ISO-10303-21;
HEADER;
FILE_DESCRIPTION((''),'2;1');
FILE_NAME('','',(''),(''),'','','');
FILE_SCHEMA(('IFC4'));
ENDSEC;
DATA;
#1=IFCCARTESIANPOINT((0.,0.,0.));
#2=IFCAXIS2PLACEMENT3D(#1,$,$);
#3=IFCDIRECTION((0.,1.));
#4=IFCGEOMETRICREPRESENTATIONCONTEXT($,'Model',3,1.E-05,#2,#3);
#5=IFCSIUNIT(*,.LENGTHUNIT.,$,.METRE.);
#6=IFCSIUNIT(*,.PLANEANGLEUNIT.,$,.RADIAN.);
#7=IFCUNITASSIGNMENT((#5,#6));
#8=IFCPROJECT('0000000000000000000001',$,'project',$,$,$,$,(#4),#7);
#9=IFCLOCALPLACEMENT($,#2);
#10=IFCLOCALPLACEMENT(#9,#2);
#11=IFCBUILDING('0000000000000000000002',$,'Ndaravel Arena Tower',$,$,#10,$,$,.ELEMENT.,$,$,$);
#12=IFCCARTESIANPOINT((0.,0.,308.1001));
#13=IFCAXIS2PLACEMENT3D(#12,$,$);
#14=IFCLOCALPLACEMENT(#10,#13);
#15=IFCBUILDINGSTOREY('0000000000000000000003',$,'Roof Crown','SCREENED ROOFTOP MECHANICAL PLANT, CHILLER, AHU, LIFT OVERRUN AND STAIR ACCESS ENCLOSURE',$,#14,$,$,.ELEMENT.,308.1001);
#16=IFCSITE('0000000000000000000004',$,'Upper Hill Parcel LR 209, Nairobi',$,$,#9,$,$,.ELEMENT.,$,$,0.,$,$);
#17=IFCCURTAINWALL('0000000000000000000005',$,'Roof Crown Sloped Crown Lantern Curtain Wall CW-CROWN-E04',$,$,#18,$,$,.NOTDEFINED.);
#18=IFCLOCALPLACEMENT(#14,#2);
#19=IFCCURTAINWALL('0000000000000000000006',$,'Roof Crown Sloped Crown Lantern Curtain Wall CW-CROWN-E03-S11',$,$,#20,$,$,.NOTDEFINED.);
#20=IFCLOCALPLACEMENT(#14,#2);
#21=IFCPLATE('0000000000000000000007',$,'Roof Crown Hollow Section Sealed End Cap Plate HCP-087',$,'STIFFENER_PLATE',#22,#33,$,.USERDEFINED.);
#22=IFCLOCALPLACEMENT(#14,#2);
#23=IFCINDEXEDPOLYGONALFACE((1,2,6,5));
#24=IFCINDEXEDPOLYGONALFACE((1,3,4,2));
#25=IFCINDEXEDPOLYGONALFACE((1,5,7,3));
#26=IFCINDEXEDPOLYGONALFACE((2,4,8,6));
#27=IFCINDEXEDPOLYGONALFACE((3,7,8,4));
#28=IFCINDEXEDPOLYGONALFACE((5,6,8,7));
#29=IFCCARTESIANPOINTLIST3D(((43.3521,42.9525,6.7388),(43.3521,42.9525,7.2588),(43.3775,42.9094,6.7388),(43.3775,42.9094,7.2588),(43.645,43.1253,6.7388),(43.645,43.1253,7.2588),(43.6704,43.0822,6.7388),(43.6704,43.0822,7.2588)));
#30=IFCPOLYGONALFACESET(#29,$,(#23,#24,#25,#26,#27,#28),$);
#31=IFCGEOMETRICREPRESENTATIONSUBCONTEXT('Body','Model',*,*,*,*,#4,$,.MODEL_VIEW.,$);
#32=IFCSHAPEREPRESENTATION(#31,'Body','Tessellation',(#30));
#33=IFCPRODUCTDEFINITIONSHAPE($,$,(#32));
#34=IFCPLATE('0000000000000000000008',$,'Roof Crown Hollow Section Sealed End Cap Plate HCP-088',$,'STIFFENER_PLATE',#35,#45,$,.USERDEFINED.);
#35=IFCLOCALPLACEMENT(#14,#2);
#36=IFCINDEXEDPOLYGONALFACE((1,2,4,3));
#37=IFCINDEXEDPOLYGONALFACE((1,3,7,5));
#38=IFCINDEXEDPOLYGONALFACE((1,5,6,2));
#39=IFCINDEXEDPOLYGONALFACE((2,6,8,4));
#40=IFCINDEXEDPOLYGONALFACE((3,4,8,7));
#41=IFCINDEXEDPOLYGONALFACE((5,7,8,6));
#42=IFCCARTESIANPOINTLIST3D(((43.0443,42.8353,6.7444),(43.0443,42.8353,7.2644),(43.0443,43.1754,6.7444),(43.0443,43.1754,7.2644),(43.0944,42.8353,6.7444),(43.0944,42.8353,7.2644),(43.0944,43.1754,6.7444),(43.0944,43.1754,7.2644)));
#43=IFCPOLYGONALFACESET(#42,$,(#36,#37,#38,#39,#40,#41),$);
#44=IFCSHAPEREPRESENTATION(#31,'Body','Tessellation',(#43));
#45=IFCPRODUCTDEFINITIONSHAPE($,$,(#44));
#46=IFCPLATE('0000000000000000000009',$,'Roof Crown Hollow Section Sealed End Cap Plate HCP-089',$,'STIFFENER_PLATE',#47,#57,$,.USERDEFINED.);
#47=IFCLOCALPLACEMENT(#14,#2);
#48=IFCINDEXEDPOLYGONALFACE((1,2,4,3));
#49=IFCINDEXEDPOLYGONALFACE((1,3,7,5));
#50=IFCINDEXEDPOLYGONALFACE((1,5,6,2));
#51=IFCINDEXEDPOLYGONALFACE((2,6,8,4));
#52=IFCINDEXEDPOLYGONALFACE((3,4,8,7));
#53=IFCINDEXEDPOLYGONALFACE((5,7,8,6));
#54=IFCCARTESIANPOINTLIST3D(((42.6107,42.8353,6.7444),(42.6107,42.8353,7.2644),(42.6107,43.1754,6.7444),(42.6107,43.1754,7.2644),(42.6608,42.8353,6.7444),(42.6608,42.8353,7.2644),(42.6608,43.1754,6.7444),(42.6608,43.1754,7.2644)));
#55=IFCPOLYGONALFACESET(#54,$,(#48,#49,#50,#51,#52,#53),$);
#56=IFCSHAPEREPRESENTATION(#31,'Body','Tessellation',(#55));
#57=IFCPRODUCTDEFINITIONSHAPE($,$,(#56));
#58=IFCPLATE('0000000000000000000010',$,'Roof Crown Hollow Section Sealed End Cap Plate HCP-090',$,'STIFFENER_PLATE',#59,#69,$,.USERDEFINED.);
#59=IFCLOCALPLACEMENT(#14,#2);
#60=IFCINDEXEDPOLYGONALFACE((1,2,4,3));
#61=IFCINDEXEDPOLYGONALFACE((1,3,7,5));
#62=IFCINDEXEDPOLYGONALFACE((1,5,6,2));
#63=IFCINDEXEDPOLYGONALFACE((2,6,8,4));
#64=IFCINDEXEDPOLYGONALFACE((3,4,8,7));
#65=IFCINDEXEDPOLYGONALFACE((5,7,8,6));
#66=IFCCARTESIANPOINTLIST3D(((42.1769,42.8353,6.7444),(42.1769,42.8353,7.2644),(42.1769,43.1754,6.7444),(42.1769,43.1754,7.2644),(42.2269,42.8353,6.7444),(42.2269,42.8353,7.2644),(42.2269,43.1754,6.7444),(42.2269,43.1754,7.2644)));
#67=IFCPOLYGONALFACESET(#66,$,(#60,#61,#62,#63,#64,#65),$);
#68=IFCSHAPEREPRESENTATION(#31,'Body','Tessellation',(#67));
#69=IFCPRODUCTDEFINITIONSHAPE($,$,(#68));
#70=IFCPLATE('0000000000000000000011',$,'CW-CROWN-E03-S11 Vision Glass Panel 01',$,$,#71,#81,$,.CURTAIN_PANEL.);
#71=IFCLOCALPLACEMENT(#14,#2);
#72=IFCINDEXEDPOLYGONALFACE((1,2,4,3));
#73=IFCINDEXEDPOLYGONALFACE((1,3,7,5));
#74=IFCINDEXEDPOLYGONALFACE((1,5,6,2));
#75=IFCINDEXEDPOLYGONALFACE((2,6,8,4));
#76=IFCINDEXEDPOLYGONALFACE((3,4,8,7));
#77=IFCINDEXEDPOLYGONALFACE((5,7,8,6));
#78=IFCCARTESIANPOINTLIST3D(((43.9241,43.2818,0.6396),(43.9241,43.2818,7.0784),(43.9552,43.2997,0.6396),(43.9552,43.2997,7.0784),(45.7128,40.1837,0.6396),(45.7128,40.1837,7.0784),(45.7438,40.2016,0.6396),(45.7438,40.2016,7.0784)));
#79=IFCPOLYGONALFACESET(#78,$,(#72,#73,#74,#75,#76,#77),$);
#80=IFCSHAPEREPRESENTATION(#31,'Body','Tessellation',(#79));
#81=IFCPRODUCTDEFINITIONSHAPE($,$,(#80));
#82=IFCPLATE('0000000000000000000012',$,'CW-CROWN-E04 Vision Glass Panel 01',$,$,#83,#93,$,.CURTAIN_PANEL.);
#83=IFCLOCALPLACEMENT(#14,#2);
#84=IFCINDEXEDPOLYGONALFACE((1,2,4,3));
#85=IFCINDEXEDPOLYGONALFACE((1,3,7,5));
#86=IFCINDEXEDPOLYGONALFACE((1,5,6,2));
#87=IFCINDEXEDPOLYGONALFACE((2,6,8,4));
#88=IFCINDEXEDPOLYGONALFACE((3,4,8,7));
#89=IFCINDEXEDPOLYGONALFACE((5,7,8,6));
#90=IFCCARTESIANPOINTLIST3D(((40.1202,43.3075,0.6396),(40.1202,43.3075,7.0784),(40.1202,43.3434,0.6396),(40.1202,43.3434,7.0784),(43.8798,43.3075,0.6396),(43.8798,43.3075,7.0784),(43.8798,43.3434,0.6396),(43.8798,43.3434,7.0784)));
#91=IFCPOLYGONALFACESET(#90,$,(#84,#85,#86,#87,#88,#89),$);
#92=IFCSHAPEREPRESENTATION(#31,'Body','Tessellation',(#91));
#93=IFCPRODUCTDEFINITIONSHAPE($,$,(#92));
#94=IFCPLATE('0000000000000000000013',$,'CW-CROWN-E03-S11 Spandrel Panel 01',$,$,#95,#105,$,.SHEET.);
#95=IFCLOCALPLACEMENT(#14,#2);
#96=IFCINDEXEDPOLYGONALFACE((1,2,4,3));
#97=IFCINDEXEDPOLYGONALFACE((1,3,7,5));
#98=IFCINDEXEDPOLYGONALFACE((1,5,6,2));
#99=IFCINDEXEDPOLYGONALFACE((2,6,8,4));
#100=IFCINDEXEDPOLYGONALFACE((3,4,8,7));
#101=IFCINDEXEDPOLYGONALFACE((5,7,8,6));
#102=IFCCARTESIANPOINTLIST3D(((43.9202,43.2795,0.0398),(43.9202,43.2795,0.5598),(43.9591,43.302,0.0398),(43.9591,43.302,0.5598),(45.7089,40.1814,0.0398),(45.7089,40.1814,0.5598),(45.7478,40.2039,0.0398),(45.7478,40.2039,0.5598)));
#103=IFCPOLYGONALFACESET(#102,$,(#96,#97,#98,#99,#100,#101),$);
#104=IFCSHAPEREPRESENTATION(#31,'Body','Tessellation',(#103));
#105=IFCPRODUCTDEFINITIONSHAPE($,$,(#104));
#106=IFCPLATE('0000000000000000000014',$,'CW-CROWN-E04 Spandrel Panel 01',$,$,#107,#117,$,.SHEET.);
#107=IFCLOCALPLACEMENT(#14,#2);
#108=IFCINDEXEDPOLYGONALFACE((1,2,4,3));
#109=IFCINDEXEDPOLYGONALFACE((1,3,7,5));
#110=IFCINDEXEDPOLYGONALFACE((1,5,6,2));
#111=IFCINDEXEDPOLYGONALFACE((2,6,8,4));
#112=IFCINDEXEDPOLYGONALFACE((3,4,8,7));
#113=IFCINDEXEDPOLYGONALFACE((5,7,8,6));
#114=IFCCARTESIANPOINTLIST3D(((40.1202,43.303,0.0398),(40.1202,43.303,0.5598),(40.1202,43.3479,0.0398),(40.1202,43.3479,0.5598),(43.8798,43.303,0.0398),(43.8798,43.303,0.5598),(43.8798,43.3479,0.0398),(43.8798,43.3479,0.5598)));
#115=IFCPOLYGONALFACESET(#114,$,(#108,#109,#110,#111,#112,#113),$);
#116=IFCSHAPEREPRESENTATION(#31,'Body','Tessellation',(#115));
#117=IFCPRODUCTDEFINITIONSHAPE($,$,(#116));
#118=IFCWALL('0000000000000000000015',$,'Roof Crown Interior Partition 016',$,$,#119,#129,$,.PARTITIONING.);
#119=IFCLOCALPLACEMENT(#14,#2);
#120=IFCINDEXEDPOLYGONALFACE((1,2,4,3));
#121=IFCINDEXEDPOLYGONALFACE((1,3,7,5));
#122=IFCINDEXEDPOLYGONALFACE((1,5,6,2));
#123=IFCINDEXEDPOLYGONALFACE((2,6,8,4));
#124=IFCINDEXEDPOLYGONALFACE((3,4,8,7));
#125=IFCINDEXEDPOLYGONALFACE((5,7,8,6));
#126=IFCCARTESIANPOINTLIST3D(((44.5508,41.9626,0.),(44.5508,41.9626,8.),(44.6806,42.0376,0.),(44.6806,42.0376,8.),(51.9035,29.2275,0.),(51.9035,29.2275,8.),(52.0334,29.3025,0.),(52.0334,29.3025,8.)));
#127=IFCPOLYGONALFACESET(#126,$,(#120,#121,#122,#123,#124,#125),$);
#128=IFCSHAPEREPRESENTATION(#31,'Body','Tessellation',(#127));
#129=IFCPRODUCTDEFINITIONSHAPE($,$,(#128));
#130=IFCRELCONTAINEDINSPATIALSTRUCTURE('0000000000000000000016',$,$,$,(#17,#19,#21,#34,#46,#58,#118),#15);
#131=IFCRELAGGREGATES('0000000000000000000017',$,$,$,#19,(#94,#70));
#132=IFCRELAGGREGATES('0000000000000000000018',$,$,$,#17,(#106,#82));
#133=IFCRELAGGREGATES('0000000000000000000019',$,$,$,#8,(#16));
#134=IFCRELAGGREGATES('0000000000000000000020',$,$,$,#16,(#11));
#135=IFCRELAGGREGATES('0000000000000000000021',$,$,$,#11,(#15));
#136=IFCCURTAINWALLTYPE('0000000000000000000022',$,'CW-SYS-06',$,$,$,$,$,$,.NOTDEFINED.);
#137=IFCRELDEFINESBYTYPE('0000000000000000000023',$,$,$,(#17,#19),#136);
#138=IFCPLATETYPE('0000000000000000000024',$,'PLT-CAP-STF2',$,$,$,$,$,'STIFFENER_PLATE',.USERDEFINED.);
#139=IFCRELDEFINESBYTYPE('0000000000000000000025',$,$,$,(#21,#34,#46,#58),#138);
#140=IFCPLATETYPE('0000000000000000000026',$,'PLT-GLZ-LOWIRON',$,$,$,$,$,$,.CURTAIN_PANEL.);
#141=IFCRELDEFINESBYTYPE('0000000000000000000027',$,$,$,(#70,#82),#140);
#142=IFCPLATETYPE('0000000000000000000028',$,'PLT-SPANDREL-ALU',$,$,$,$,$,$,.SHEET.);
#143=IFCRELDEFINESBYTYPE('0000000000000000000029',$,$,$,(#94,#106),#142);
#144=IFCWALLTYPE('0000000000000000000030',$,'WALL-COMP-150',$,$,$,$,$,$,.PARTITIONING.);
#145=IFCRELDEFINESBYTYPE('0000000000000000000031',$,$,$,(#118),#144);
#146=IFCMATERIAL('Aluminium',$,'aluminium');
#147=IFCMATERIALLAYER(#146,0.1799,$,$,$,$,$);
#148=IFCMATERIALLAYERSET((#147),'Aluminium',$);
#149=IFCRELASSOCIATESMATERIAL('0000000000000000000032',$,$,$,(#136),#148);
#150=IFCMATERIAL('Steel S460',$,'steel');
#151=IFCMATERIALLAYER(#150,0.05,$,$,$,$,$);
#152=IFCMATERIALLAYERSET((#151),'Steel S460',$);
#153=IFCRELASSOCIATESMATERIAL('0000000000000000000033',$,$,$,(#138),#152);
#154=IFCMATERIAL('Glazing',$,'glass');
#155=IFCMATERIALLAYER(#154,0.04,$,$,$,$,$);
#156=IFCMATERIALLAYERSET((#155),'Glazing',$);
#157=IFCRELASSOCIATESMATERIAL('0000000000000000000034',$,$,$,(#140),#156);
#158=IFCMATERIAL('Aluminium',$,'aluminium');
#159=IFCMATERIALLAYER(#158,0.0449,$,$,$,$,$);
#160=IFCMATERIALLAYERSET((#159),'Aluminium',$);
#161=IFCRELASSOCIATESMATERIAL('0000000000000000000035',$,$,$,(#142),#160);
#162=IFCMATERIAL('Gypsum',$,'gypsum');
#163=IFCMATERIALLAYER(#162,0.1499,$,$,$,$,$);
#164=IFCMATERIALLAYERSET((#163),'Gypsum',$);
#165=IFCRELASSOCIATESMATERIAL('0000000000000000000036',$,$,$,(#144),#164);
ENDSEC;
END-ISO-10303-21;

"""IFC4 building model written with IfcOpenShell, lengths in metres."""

from ifc_helpers import new_model, si_unit, direction, frame, frame_2d, origin, origin_2d, place, context, subcontext, project, spatial, rectangle, extrude, material, layer, layer_set, type_object, element, aggregate, save


model = new_model("IFC4")

# Units and contexts
model_context = context("Model", 3, precision=1e-05, world=origin(), true_north=direction((0.0, 1.0)))
body_context = subcontext(model_context, "Body", "Model", "MODEL_VIEW")
ifc_project = project(units=[si_unit("LENGTHUNIT", "METRE"), si_unit("PLANEANGLEUNIT", "RADIAN")], contexts=[model_context])

# Site, building, storey
site_placement = place(None, origin())
site = spatial("IfcSite", under=ifc_project, at=site_placement, Name="Upper Hill Parcel LR 209, Nairobi", CompositionType="ELEMENT", RefElevation=0.0)
building_placement = place(site_placement, origin())
building = spatial("IfcBuilding", under=site, at=building_placement, Name="Ndaravel Arena Tower", CompositionType="ELEMENT")
storey_placement = place(building_placement, frame((0.0, 0.0, 308.1001)))
storey = spatial("IfcBuildingStorey", under=building, at=storey_placement, Name="Roof Crown", Description="SCREENED ROOFTOP MECHANICAL PLANT, CHILLER, AHU, LIFT OVERRUN AND STAIR ACCESS ENCLOSURE", CompositionType="ELEMENT", Elevation=308.1001)

# Curtain walls
ifc_material_1 = material(Name="Aluminium", Category="aluminium")
ifc_layer_1 = layer(ifc_material_1, 0.1799)
ifc_layer_set_1 = layer_set([ifc_layer_1], Name="Aluminium")
curtain_wall_type = type_object("IfcCurtainWallType", Name="CW-SYS-06", PredefinedType="NOTDEFINED", material=ifc_layer_set_1)
curtain_wall_1_placement = place(storey_placement, origin())
curtain_wall_1 = element("IfcCurtainWall", 1, at=curtain_wall_1_placement, inside=storey, type_object=curtain_wall_type, Name="Roof Crown Sloped Crown Lantern Curtain Wall CW-CROWN-E04", PredefinedType="NOTDEFINED")
curtain_wall_2_placement = place(storey_placement, origin())
curtain_wall_2 = element("IfcCurtainWall", 2, at=curtain_wall_2_placement, inside=storey, type_object=curtain_wall_type, Name="Roof Crown Sloped Crown Lantern Curtain Wall CW-CROWN-E03-S11", PredefinedType="NOTDEFINED")

# Plates
ifc_material_2 = material(Name="Steel S460", Category="steel")
ifc_layer_2 = layer(ifc_material_2, 0.05)
ifc_layer_set_2 = layer_set([ifc_layer_2], Name="Steel S460")
plate_type_1 = type_object("IfcPlateType", Name="PLT-CAP-STF2", ElementType="STIFFENER_PLATE", PredefinedType="USERDEFINED", material=ifc_layer_set_2)
for number, where, z_axis, x_axis, name in (
    (3, (43.5112, 43.0173, 6.7388), (0.0, 0.0, 1.0), (-0.50814, 0.861275, 0.0), "Roof Crown Hollow Section Sealed End Cap Plate HCP-087"),
    (4, (43.0693, 43.0054, 6.7444), (0.0, 0.0, 1.0), (-1.0, 0.0, 0.0), "Roof Crown Hollow Section Sealed End Cap Plate HCP-088"),
    (5, (42.6357, 43.0054, 6.7444), (0.0, 0.0, 1.0), (-1.0, 0.0, 0.0), "Roof Crown Hollow Section Sealed End Cap Plate HCP-089"),
    (6, (42.2019, 43.0054, 6.7444), (0.0, 0.0, 1.0), (-1.0, 0.0, 0.0), "Roof Crown Hollow Section Sealed End Cap Plate HCP-090"),
):
    element("IfcPlate", number, at=place(storey_placement, frame(where, z_axis=z_axis, x_axis=x_axis)), inside=storey, type_object=plate_type_1, Name=name, ObjectType="STIFFENER_PLATE", PredefinedType="USERDEFINED", context=body_context, shape_type="SweptSolid", body=[
        extrude(rectangle(XDim=0.05, YDim=0.3401, at=origin_2d()), origin(), (0.0, 0.0, 1.0), 0.52),
    ])

# Plates
ifc_material_3 = material(Name="Glazing", Category="glass")
ifc_layer_3 = layer(ifc_material_3, 0.04)
ifc_layer_set_3 = layer_set([ifc_layer_3], Name="Glazing")
plate_type_2 = type_object("IfcPlateType", Name="PLT-GLZ-LOWIRON", PredefinedType="CURTAIN_PANEL", material=ifc_layer_set_3)
plate_1_placement = place(storey_placement, frame((44.834, 41.7417, 0.6396), z_axis=(0.0, 0.0, 1.0), x_axis=(-0.499985, 0.866034, 0.0)))
plate_1 = element("IfcPlate", 7, at=plate_1_placement, type_object=plate_type_2, Name="CW-CROWN-E03-S11 Vision Glass Panel 01", PredefinedType="CURTAIN_PANEL", context=body_context, shape_type="SweptSolid", body=[
    extrude(rectangle(XDim=3.5774, YDim=0.0359, at=origin_2d()), origin(), (0.0, 0.0, 1.0), 6.4387),
])
plate_2_placement = place(storey_placement, frame((42.0, 43.3254, 0.6396), z_axis=(0.0, 0.0, 1.0), x_axis=(-1.0, 0.0, 0.0)))
plate_2 = element("IfcPlate", 8, at=plate_2_placement, type_object=plate_type_2, Name="CW-CROWN-E04 Vision Glass Panel 01", PredefinedType="CURTAIN_PANEL", context=body_context, shape_type="SweptSolid", body=[
    extrude(rectangle(XDim=3.7595, YDim=0.0359, at=origin_2d()), origin(), (0.0, 0.0, 1.0), 6.4387),
])
ifc_material_4 = material(Name="Aluminium", Category="aluminium")
ifc_layer_4 = layer(ifc_material_4, 0.0449)
ifc_layer_set_4 = layer_set([ifc_layer_4], Name="Aluminium")
plate_type_3 = type_object("IfcPlateType", Name="PLT-SPANDREL-ALU", PredefinedType="SHEET", material=ifc_layer_set_4)
plate_3_placement = place(storey_placement, frame((44.834, 41.7417, 0.0398), z_axis=(0.0, 0.0, 1.0), x_axis=(-0.499985, 0.866034, 0.0)))
plate_3 = element("IfcPlate", 9, at=plate_3_placement, type_object=plate_type_3, Name="CW-CROWN-E03-S11 Spandrel Panel 01", PredefinedType="SHEET", context=body_context, shape_type="SweptSolid", body=[
    extrude(rectangle(XDim=3.5774, YDim=0.0449, at=origin_2d()), origin(), (0.0, 0.0, 1.0), 0.52),
])
aggregate(curtain_wall_2, [plate_3, plate_1])
plate_4_placement = place(storey_placement, frame((42.0, 43.3254, 0.0398), z_axis=(0.0, 0.0, 1.0), x_axis=(-1.0, 0.0, 0.0)))
plate_4 = element("IfcPlate", 10, at=plate_4_placement, type_object=plate_type_3, Name="CW-CROWN-E04 Spandrel Panel 01", PredefinedType="SHEET", context=body_context, shape_type="SweptSolid", body=[
    extrude(rectangle(XDim=3.7595, YDim=0.0449, at=origin_2d()), origin(), (0.0, 0.0, 1.0), 0.52),
])
aggregate(curtain_wall_1, [plate_4, plate_2])

# Wall
ifc_material_5 = material(Name="Gypsum", Category="gypsum")
ifc_layer_5 = layer(ifc_material_5, 0.1499)
ifc_layer_set_5 = layer_set([ifc_layer_5], Name="Gypsum")
wall_type = type_object("IfcWallType", Name="WALL-COMP-150", PredefinedType="PARTITIONING", material=ifc_layer_set_5)
wall_placement = place(storey_placement, frame((44.6157, 42.0, 0.0), z_axis=(0.0, 0.0, 1.0), x_axis=(0.500008, -0.866021, 0.0)))
element("IfcWall", 11, at=wall_placement, inside=storey, type_object=wall_type, Name="Roof Crown Interior Partition 016", PredefinedType="PARTITIONING", context=body_context, shape_type="SweptSolid", body=[
    extrude(rectangle(XDim=14.7053, YDim=0.1499, at=frame_2d((7.3525, 0.0))), origin(), (0.0, 0.0, 1.0), 8.0),
])

save(model, "model.ifc")
